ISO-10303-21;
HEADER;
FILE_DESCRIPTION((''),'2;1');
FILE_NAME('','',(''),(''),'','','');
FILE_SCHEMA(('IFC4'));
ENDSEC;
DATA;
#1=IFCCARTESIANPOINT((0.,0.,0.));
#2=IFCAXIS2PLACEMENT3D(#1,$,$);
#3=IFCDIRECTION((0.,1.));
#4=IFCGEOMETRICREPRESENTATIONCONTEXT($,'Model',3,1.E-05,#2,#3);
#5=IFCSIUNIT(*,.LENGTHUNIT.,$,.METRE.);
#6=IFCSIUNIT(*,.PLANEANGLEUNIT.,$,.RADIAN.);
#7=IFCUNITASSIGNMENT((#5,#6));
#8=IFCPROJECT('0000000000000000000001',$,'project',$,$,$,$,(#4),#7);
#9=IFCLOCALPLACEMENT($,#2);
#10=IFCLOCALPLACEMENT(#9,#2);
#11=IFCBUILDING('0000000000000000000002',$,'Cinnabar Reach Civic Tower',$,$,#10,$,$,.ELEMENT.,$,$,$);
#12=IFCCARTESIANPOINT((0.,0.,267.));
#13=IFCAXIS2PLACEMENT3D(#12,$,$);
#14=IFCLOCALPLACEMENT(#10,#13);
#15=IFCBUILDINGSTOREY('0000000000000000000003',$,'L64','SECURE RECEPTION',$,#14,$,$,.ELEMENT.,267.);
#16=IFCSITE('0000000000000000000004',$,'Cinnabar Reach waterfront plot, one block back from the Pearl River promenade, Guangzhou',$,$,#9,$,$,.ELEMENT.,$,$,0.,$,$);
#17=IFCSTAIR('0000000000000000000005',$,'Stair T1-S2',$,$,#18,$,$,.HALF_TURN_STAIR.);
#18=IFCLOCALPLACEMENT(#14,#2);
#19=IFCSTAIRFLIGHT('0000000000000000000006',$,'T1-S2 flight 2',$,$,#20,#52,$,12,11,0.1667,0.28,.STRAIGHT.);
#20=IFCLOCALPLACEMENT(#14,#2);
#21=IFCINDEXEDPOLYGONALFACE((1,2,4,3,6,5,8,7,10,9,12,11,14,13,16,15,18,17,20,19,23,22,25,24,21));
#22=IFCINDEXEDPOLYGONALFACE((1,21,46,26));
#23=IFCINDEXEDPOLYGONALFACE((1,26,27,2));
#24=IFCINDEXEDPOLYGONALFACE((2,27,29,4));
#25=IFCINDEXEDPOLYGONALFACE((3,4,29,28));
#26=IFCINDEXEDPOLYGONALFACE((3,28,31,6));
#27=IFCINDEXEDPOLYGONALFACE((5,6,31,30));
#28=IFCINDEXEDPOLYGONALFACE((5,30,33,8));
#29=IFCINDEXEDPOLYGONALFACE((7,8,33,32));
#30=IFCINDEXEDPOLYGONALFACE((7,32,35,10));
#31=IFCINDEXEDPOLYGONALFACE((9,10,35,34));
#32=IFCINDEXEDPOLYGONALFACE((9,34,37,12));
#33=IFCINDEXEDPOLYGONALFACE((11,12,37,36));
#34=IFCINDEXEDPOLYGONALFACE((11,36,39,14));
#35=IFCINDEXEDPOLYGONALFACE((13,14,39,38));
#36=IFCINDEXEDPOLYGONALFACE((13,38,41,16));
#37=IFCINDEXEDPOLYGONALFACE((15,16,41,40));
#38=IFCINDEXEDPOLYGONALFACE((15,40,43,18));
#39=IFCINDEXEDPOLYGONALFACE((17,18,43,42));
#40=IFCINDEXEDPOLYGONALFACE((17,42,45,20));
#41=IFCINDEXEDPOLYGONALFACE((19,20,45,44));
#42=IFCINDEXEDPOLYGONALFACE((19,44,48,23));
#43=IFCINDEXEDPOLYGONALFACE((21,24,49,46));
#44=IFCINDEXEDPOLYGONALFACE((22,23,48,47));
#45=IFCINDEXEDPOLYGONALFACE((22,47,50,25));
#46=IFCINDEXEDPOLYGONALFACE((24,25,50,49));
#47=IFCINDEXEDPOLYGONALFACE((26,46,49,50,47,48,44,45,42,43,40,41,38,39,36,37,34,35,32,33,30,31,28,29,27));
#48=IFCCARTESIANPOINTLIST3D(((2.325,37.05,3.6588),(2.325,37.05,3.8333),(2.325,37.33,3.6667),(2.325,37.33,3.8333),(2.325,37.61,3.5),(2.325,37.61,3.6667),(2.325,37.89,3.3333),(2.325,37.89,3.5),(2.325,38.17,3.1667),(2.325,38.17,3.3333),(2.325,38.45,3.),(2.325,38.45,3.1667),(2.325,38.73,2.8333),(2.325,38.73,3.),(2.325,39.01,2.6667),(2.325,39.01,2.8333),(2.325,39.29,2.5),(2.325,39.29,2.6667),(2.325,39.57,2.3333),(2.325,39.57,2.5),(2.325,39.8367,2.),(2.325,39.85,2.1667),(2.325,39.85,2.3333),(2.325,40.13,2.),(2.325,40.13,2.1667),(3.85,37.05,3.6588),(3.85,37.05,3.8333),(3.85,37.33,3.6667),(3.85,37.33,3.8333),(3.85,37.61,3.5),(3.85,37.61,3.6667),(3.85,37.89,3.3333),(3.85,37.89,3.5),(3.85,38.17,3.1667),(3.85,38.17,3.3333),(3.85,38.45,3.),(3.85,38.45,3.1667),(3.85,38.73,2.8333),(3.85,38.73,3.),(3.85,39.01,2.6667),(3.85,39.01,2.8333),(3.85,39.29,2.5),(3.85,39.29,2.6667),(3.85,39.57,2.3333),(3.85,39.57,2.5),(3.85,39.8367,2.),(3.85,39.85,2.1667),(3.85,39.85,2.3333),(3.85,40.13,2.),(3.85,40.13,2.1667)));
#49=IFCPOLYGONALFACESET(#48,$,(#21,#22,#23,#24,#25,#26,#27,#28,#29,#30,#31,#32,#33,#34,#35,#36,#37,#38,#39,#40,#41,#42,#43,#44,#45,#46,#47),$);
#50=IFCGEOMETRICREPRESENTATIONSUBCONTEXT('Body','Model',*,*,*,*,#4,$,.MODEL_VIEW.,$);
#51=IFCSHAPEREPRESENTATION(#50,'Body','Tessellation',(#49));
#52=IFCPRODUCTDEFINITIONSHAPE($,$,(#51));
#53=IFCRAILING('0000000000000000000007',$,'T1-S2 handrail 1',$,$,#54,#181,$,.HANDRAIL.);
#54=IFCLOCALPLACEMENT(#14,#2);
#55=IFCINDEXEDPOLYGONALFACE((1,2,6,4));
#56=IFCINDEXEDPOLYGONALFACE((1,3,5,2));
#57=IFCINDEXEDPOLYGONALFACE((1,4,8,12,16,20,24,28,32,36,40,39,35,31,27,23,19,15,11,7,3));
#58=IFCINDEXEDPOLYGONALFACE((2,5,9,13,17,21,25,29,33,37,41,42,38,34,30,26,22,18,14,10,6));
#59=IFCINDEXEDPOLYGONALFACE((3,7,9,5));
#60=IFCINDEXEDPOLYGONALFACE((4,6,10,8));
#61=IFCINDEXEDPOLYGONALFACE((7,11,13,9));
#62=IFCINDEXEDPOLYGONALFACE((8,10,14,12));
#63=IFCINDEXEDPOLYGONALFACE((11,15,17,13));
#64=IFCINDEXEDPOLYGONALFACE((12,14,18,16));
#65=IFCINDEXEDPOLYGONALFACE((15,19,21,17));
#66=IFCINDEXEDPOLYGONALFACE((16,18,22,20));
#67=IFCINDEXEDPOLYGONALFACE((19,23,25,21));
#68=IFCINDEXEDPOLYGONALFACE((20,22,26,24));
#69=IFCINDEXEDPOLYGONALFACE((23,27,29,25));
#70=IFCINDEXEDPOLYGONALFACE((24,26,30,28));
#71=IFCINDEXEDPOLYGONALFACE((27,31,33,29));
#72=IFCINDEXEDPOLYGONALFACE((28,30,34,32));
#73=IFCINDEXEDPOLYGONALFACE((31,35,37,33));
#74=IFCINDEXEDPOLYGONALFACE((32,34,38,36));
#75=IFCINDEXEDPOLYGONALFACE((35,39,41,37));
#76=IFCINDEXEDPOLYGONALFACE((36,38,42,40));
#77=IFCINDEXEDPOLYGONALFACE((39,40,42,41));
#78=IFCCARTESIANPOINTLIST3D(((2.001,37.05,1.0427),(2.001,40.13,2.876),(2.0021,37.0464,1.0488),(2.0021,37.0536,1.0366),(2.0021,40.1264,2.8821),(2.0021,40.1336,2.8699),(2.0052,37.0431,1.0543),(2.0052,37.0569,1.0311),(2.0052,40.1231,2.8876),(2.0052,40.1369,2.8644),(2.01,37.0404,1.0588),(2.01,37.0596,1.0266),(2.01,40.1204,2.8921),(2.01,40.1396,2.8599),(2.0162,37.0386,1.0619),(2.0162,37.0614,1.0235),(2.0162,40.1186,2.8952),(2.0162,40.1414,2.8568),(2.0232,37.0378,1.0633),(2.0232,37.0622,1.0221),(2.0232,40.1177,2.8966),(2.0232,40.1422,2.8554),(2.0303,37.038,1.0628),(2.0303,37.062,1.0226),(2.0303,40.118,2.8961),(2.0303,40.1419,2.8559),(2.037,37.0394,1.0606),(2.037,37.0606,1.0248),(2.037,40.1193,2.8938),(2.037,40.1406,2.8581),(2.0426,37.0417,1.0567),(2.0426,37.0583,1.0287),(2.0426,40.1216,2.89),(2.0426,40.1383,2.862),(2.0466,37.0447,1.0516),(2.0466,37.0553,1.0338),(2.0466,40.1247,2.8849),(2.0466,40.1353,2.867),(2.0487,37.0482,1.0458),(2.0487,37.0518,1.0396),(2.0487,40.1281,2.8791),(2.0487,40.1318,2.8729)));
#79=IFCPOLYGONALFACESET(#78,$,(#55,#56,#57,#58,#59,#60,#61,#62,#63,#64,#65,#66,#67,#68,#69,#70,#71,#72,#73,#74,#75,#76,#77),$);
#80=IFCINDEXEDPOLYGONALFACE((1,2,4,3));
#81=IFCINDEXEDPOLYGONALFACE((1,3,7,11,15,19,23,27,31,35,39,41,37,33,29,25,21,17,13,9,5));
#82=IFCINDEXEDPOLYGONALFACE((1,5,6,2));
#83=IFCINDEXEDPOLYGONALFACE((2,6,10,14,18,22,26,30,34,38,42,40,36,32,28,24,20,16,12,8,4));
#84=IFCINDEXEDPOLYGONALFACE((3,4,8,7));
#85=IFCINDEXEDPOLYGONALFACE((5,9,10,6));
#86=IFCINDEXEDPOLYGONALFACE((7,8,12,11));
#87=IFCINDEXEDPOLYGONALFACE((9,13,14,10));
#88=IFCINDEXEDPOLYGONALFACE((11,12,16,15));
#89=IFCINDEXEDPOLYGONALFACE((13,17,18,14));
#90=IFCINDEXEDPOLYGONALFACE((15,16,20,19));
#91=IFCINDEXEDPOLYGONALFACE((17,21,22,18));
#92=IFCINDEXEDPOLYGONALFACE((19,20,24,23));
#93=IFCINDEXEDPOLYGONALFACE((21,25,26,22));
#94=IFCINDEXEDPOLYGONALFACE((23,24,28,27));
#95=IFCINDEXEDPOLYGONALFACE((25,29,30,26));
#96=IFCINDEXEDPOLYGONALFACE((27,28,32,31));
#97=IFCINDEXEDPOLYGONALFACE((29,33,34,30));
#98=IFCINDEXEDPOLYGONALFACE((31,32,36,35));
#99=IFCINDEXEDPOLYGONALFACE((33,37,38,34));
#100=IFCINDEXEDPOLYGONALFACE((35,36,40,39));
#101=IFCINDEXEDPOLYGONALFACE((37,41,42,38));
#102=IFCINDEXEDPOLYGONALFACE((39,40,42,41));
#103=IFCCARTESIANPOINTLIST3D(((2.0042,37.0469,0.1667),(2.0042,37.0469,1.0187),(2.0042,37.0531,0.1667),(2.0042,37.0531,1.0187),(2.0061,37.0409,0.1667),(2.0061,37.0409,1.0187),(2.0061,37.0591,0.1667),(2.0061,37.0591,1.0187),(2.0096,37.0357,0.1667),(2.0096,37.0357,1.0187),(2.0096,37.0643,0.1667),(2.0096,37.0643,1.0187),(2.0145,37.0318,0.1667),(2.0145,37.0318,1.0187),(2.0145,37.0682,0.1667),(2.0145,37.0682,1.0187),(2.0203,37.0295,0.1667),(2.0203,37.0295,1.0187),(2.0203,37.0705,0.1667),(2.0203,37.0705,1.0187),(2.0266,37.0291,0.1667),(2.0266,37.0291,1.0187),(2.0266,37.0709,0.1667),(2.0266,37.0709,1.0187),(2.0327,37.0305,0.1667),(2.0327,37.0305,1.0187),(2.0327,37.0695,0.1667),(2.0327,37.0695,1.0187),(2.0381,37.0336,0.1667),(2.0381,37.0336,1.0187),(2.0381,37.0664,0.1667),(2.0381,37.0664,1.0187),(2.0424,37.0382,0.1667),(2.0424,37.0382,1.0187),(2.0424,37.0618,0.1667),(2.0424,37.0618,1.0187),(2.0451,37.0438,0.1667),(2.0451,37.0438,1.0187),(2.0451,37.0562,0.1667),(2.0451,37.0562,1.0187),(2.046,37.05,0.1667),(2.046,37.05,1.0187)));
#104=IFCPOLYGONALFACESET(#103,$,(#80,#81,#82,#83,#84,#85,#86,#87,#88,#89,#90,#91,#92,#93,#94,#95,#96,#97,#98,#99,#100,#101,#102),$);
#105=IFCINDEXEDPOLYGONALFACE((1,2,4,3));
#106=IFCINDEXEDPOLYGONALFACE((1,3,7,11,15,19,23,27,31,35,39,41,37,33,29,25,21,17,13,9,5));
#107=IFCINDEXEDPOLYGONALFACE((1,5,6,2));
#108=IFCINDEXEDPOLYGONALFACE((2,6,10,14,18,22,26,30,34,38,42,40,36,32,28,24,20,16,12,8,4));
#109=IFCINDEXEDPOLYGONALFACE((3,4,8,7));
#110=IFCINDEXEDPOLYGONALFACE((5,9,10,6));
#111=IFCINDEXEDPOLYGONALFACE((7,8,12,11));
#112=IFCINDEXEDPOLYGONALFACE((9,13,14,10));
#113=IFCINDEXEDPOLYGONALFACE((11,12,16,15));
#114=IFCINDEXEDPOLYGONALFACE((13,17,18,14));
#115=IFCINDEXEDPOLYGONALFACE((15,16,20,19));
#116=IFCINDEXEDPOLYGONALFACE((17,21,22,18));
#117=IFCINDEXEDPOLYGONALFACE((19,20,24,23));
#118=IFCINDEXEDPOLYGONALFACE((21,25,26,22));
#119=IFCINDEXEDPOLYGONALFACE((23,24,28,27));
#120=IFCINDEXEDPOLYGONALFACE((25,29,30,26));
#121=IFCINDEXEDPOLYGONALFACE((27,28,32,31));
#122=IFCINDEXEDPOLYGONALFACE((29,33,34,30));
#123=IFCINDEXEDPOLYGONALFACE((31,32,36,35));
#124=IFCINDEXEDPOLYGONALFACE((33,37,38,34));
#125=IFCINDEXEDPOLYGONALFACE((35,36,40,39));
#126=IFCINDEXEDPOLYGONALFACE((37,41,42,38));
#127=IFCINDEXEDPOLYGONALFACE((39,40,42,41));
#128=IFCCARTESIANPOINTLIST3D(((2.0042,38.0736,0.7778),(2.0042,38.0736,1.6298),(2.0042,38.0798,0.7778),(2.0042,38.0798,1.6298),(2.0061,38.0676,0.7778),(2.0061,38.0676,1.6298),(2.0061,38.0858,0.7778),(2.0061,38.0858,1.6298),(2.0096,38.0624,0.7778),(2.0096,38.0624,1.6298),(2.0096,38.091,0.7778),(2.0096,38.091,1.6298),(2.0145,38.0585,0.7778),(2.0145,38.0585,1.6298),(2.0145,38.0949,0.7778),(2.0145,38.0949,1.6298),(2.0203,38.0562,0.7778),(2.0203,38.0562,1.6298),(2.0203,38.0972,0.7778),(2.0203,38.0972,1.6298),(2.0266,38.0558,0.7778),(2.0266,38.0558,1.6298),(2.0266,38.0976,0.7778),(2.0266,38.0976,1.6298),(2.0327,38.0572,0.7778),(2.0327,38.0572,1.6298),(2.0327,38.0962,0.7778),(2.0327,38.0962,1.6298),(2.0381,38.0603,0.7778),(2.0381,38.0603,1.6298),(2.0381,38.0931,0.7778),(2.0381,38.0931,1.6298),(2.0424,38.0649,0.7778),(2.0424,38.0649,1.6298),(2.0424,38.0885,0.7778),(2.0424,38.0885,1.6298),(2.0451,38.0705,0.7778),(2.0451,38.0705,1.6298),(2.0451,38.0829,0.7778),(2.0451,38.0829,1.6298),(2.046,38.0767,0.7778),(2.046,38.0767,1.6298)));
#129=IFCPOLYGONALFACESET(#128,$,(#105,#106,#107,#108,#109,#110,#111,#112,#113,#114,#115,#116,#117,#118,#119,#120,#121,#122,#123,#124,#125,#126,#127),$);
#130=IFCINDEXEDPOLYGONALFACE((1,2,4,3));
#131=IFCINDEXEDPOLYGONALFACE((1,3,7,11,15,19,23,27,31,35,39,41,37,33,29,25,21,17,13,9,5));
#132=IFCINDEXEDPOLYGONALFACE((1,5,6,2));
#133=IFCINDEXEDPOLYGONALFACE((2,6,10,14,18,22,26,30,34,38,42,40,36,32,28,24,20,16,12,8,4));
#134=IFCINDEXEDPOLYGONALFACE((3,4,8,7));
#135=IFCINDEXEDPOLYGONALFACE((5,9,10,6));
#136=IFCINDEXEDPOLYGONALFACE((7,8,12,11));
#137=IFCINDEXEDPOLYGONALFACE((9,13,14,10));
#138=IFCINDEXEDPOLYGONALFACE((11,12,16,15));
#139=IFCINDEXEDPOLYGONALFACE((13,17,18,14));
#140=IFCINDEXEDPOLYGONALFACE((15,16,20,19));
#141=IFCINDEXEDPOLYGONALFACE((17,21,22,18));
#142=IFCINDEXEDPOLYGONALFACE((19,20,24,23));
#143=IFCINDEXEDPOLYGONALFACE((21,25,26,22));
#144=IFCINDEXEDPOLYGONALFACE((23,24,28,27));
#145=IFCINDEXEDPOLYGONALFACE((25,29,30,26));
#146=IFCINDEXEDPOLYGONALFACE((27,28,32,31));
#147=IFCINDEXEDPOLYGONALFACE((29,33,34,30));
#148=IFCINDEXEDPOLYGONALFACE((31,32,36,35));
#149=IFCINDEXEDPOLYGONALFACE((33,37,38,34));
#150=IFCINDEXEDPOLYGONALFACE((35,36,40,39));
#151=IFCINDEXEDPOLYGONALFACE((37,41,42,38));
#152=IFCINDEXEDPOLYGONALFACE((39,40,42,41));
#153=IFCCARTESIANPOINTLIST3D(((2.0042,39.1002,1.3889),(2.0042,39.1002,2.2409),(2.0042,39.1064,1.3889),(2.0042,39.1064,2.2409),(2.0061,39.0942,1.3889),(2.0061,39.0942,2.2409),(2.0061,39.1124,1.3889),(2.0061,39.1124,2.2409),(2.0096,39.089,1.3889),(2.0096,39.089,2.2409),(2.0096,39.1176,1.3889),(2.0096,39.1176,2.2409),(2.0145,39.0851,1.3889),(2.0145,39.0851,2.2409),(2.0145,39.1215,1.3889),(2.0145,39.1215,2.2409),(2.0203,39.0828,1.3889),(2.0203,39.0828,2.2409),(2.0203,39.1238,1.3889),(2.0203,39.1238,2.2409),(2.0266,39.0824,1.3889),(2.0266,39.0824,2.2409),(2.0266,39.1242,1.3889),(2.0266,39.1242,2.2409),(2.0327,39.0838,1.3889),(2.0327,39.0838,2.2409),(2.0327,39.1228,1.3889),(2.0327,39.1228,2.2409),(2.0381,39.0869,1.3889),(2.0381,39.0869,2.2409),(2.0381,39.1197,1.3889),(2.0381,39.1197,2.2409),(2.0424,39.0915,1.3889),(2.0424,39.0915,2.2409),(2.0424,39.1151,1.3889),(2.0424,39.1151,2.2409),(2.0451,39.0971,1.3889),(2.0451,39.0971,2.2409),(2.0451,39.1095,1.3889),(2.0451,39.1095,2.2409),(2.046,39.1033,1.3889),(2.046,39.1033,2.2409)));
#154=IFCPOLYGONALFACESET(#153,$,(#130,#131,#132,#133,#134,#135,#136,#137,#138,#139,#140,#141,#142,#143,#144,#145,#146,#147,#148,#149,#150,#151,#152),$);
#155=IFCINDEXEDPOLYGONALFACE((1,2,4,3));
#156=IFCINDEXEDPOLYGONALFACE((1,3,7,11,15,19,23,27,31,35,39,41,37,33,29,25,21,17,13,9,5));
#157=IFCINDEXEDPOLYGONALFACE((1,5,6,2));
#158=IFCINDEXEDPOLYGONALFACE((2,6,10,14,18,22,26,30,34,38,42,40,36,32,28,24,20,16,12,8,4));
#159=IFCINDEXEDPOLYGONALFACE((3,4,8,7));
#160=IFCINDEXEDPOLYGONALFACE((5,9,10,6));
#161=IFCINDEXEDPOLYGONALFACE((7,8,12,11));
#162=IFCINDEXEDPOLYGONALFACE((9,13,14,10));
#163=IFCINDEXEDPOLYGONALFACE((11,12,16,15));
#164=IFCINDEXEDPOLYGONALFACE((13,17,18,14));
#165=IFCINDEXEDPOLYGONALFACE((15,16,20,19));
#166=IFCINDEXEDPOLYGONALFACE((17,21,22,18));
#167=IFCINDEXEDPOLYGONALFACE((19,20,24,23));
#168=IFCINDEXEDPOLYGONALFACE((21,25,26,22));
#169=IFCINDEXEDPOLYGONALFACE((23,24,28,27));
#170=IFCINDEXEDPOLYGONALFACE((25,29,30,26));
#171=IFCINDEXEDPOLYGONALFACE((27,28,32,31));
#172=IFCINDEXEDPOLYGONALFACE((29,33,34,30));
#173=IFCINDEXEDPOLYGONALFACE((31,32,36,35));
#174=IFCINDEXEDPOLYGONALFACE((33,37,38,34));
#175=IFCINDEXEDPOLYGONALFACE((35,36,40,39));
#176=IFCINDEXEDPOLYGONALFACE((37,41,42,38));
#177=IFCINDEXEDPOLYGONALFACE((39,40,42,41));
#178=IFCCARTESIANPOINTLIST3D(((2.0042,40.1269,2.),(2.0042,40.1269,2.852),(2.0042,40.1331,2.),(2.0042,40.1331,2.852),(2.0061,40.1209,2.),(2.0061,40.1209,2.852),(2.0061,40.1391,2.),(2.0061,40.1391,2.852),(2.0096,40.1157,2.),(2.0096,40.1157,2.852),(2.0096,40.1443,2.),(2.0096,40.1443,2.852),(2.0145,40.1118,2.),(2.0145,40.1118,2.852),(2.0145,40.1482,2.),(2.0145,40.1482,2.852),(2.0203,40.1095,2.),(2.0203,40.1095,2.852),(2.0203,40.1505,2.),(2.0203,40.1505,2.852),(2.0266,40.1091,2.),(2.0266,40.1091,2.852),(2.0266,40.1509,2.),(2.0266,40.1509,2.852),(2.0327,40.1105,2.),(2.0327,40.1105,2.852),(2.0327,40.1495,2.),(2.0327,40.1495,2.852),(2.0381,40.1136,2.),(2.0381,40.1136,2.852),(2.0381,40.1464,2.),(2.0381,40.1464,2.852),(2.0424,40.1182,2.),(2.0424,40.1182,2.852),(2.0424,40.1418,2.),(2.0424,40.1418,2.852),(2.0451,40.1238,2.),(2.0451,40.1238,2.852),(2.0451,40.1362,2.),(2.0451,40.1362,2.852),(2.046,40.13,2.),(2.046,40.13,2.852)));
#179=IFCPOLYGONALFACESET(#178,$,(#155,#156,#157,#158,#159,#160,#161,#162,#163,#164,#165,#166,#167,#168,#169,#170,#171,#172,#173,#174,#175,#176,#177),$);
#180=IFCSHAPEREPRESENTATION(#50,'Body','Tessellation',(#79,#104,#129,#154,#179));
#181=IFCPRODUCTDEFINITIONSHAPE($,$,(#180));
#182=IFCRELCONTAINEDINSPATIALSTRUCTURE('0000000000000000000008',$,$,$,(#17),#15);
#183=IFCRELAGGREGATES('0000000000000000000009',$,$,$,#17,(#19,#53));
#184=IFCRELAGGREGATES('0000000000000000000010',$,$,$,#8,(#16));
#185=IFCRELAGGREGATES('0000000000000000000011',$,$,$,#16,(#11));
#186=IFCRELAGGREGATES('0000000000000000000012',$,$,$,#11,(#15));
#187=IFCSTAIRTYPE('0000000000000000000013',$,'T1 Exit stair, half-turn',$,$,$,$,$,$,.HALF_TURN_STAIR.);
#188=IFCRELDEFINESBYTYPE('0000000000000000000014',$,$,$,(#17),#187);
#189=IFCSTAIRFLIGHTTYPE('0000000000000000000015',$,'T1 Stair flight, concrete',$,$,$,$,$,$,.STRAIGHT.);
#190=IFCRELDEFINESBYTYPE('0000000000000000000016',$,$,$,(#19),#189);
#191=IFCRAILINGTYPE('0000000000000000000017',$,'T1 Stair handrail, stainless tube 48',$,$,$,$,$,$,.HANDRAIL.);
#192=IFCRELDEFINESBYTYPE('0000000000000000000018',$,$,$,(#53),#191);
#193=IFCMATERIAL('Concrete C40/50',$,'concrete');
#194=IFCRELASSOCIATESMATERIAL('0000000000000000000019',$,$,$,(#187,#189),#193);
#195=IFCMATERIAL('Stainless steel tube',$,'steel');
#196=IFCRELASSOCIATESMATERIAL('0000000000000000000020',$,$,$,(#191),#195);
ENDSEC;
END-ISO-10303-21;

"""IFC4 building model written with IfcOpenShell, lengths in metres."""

from ifc_helpers import new_model, si_unit, direction, frame, origin, origin_2d, place, context, subcontext, project, spatial, polyline, circle, outline, extrude, material, type_object, element, aggregate, save


model = new_model("IFC4")

# Units and contexts
model_context = context("Model", 3, precision=1e-05, world=origin(), true_north=direction((0.0, 1.0)))
body_context = subcontext(model_context, "Body", "Model", "MODEL_VIEW")
ifc_project = project(units=[si_unit("LENGTHUNIT", "METRE"), si_unit("PLANEANGLEUNIT", "RADIAN")], contexts=[model_context])

# Site, building, storey
site_placement = place(None, origin())
site = spatial("IfcSite", under=ifc_project, at=site_placement, Name="Cinnabar Reach waterfront plot, one block back from the Pearl River promenade, Guangzhou", CompositionType="ELEMENT", RefElevation=0.0)
building_placement = place(site_placement, origin())
building = spatial("IfcBuilding", under=site, at=building_placement, Name="Cinnabar Reach Civic Tower", CompositionType="ELEMENT")
storey_placement = place(building_placement, frame((0.0, 0.0, 267.0)))
storey = spatial("IfcBuildingStorey", under=building, at=storey_placement, Name="L64", Description="SECURE RECEPTION", CompositionType="ELEMENT", Elevation=267.0)

# Shared definitions
ifc_material_1 = material(Name="Concrete C40/50", Category="concrete")

# Stair, stair flight, railing
stair_type = type_object("IfcStairType", Name="T1 Exit stair, half-turn", PredefinedType="HALF_TURN_STAIR", material=ifc_material_1)
stair_placement = place(storey_placement, origin())
stair = element("IfcStair", 1, at=stair_placement, inside=storey, type_object=stair_type, Name="Stair T1-S2", PredefinedType="HALF_TURN_STAIR")
stair_flight_type = type_object("IfcStairFlightType", Name="T1 Stair flight, concrete", PredefinedType="STRAIGHT", material=ifc_material_1)
stair_flight_1_placement = place(storey_placement, frame((3.0875, 40.13, 2.0), z_axis=(0.0, 0.0, 1.0), x_axis=(0.0, -1.0, 0.0)))
stair_flight_1 = element("IfcStairFlight", 2, at=stair_flight_1_placement, type_object=stair_flight_type, Name="T1-S2 flight 2", NumberOfRisers=12, NumberOfTreads=11, PredefinedType="STRAIGHT", RiserHeight=0.1667, TreadLength=0.28, context=body_context, shape_type="SweptSolid", body=[
    extrude(outline(polyline([(0.0, 0.0), (0.0, 0.1667), (0.28, 0.1667), (0.28, 0.3333), (0.56, 0.3333), (0.56, 0.5), (0.84, 0.5), (0.84, 0.6667), (1.12, 0.6667), (1.12, 0.8333), (1.4, 0.8333), (1.4, 1.0), (1.68, 1.0), (1.68, 1.1667), (1.96, 1.1667), (1.96, 1.3333), (2.24, 1.3333), (2.24, 1.5), (2.52, 1.5), (2.52, 1.6667), (2.8, 1.6667), (2.8, 1.8333), (3.08, 1.8333), (3.08, 2.0), (3.08, 1.6588), (0.2933, 0.0), (0.0, 0.0)])), frame((0.0, 0.7625, 0.0), z_axis=(0.0, -1.0, 0.0), x_axis=(1.0, 0.0, 0.0)), (0.0, 0.0, 1.0), 1.525),
])
ifc_material_2 = material(Name="Stainless steel tube", Category="steel")
railing_type = type_object("IfcRailingType", Name="T1 Stair handrail, stainless tube 48", PredefinedType="HANDRAIL", material=ifc_material_2)
railing_1_placement = place(storey_placement, frame((2.025, 37.05, 0.1667)))
railing_1 = element("IfcRailing", 3, at=railing_1_placement, type_object=railing_type, Name="T1-S2 handrail 1", PredefinedType="HANDRAIL", context=body_context, shape_type="SweptSolid", body=[
    extrude(circle(Radius=0.024, at=origin_2d()), frame((0.0, 0.0, 0.876), z_axis=(0.0, 0.859297, 0.511477), x_axis=(-1.0, 0.0, 0.0)), (0.0, 0.0, 1.0), 3.5843),
    extrude(circle(Radius=0.021, at=origin_2d()), origin(), (0.0, 0.0, 1.0), 0.852),
    extrude(circle(Radius=0.021, at=origin_2d()), frame((0.0, 1.0267, 0.6111)), (0.0, 0.0, 1.0), 0.852),
    extrude(circle(Radius=0.021, at=origin_2d()), frame((0.0, 2.0533, 1.2222)), (0.0, 0.0, 1.0), 0.852),
    extrude(circle(Radius=0.021, at=origin_2d()), frame((0.0, 3.08, 1.8333)), (0.0, 0.0, 1.0), 0.852),
])
aggregate(stair, [stair_flight_1, railing_1])

save(model, "model.ifc")
